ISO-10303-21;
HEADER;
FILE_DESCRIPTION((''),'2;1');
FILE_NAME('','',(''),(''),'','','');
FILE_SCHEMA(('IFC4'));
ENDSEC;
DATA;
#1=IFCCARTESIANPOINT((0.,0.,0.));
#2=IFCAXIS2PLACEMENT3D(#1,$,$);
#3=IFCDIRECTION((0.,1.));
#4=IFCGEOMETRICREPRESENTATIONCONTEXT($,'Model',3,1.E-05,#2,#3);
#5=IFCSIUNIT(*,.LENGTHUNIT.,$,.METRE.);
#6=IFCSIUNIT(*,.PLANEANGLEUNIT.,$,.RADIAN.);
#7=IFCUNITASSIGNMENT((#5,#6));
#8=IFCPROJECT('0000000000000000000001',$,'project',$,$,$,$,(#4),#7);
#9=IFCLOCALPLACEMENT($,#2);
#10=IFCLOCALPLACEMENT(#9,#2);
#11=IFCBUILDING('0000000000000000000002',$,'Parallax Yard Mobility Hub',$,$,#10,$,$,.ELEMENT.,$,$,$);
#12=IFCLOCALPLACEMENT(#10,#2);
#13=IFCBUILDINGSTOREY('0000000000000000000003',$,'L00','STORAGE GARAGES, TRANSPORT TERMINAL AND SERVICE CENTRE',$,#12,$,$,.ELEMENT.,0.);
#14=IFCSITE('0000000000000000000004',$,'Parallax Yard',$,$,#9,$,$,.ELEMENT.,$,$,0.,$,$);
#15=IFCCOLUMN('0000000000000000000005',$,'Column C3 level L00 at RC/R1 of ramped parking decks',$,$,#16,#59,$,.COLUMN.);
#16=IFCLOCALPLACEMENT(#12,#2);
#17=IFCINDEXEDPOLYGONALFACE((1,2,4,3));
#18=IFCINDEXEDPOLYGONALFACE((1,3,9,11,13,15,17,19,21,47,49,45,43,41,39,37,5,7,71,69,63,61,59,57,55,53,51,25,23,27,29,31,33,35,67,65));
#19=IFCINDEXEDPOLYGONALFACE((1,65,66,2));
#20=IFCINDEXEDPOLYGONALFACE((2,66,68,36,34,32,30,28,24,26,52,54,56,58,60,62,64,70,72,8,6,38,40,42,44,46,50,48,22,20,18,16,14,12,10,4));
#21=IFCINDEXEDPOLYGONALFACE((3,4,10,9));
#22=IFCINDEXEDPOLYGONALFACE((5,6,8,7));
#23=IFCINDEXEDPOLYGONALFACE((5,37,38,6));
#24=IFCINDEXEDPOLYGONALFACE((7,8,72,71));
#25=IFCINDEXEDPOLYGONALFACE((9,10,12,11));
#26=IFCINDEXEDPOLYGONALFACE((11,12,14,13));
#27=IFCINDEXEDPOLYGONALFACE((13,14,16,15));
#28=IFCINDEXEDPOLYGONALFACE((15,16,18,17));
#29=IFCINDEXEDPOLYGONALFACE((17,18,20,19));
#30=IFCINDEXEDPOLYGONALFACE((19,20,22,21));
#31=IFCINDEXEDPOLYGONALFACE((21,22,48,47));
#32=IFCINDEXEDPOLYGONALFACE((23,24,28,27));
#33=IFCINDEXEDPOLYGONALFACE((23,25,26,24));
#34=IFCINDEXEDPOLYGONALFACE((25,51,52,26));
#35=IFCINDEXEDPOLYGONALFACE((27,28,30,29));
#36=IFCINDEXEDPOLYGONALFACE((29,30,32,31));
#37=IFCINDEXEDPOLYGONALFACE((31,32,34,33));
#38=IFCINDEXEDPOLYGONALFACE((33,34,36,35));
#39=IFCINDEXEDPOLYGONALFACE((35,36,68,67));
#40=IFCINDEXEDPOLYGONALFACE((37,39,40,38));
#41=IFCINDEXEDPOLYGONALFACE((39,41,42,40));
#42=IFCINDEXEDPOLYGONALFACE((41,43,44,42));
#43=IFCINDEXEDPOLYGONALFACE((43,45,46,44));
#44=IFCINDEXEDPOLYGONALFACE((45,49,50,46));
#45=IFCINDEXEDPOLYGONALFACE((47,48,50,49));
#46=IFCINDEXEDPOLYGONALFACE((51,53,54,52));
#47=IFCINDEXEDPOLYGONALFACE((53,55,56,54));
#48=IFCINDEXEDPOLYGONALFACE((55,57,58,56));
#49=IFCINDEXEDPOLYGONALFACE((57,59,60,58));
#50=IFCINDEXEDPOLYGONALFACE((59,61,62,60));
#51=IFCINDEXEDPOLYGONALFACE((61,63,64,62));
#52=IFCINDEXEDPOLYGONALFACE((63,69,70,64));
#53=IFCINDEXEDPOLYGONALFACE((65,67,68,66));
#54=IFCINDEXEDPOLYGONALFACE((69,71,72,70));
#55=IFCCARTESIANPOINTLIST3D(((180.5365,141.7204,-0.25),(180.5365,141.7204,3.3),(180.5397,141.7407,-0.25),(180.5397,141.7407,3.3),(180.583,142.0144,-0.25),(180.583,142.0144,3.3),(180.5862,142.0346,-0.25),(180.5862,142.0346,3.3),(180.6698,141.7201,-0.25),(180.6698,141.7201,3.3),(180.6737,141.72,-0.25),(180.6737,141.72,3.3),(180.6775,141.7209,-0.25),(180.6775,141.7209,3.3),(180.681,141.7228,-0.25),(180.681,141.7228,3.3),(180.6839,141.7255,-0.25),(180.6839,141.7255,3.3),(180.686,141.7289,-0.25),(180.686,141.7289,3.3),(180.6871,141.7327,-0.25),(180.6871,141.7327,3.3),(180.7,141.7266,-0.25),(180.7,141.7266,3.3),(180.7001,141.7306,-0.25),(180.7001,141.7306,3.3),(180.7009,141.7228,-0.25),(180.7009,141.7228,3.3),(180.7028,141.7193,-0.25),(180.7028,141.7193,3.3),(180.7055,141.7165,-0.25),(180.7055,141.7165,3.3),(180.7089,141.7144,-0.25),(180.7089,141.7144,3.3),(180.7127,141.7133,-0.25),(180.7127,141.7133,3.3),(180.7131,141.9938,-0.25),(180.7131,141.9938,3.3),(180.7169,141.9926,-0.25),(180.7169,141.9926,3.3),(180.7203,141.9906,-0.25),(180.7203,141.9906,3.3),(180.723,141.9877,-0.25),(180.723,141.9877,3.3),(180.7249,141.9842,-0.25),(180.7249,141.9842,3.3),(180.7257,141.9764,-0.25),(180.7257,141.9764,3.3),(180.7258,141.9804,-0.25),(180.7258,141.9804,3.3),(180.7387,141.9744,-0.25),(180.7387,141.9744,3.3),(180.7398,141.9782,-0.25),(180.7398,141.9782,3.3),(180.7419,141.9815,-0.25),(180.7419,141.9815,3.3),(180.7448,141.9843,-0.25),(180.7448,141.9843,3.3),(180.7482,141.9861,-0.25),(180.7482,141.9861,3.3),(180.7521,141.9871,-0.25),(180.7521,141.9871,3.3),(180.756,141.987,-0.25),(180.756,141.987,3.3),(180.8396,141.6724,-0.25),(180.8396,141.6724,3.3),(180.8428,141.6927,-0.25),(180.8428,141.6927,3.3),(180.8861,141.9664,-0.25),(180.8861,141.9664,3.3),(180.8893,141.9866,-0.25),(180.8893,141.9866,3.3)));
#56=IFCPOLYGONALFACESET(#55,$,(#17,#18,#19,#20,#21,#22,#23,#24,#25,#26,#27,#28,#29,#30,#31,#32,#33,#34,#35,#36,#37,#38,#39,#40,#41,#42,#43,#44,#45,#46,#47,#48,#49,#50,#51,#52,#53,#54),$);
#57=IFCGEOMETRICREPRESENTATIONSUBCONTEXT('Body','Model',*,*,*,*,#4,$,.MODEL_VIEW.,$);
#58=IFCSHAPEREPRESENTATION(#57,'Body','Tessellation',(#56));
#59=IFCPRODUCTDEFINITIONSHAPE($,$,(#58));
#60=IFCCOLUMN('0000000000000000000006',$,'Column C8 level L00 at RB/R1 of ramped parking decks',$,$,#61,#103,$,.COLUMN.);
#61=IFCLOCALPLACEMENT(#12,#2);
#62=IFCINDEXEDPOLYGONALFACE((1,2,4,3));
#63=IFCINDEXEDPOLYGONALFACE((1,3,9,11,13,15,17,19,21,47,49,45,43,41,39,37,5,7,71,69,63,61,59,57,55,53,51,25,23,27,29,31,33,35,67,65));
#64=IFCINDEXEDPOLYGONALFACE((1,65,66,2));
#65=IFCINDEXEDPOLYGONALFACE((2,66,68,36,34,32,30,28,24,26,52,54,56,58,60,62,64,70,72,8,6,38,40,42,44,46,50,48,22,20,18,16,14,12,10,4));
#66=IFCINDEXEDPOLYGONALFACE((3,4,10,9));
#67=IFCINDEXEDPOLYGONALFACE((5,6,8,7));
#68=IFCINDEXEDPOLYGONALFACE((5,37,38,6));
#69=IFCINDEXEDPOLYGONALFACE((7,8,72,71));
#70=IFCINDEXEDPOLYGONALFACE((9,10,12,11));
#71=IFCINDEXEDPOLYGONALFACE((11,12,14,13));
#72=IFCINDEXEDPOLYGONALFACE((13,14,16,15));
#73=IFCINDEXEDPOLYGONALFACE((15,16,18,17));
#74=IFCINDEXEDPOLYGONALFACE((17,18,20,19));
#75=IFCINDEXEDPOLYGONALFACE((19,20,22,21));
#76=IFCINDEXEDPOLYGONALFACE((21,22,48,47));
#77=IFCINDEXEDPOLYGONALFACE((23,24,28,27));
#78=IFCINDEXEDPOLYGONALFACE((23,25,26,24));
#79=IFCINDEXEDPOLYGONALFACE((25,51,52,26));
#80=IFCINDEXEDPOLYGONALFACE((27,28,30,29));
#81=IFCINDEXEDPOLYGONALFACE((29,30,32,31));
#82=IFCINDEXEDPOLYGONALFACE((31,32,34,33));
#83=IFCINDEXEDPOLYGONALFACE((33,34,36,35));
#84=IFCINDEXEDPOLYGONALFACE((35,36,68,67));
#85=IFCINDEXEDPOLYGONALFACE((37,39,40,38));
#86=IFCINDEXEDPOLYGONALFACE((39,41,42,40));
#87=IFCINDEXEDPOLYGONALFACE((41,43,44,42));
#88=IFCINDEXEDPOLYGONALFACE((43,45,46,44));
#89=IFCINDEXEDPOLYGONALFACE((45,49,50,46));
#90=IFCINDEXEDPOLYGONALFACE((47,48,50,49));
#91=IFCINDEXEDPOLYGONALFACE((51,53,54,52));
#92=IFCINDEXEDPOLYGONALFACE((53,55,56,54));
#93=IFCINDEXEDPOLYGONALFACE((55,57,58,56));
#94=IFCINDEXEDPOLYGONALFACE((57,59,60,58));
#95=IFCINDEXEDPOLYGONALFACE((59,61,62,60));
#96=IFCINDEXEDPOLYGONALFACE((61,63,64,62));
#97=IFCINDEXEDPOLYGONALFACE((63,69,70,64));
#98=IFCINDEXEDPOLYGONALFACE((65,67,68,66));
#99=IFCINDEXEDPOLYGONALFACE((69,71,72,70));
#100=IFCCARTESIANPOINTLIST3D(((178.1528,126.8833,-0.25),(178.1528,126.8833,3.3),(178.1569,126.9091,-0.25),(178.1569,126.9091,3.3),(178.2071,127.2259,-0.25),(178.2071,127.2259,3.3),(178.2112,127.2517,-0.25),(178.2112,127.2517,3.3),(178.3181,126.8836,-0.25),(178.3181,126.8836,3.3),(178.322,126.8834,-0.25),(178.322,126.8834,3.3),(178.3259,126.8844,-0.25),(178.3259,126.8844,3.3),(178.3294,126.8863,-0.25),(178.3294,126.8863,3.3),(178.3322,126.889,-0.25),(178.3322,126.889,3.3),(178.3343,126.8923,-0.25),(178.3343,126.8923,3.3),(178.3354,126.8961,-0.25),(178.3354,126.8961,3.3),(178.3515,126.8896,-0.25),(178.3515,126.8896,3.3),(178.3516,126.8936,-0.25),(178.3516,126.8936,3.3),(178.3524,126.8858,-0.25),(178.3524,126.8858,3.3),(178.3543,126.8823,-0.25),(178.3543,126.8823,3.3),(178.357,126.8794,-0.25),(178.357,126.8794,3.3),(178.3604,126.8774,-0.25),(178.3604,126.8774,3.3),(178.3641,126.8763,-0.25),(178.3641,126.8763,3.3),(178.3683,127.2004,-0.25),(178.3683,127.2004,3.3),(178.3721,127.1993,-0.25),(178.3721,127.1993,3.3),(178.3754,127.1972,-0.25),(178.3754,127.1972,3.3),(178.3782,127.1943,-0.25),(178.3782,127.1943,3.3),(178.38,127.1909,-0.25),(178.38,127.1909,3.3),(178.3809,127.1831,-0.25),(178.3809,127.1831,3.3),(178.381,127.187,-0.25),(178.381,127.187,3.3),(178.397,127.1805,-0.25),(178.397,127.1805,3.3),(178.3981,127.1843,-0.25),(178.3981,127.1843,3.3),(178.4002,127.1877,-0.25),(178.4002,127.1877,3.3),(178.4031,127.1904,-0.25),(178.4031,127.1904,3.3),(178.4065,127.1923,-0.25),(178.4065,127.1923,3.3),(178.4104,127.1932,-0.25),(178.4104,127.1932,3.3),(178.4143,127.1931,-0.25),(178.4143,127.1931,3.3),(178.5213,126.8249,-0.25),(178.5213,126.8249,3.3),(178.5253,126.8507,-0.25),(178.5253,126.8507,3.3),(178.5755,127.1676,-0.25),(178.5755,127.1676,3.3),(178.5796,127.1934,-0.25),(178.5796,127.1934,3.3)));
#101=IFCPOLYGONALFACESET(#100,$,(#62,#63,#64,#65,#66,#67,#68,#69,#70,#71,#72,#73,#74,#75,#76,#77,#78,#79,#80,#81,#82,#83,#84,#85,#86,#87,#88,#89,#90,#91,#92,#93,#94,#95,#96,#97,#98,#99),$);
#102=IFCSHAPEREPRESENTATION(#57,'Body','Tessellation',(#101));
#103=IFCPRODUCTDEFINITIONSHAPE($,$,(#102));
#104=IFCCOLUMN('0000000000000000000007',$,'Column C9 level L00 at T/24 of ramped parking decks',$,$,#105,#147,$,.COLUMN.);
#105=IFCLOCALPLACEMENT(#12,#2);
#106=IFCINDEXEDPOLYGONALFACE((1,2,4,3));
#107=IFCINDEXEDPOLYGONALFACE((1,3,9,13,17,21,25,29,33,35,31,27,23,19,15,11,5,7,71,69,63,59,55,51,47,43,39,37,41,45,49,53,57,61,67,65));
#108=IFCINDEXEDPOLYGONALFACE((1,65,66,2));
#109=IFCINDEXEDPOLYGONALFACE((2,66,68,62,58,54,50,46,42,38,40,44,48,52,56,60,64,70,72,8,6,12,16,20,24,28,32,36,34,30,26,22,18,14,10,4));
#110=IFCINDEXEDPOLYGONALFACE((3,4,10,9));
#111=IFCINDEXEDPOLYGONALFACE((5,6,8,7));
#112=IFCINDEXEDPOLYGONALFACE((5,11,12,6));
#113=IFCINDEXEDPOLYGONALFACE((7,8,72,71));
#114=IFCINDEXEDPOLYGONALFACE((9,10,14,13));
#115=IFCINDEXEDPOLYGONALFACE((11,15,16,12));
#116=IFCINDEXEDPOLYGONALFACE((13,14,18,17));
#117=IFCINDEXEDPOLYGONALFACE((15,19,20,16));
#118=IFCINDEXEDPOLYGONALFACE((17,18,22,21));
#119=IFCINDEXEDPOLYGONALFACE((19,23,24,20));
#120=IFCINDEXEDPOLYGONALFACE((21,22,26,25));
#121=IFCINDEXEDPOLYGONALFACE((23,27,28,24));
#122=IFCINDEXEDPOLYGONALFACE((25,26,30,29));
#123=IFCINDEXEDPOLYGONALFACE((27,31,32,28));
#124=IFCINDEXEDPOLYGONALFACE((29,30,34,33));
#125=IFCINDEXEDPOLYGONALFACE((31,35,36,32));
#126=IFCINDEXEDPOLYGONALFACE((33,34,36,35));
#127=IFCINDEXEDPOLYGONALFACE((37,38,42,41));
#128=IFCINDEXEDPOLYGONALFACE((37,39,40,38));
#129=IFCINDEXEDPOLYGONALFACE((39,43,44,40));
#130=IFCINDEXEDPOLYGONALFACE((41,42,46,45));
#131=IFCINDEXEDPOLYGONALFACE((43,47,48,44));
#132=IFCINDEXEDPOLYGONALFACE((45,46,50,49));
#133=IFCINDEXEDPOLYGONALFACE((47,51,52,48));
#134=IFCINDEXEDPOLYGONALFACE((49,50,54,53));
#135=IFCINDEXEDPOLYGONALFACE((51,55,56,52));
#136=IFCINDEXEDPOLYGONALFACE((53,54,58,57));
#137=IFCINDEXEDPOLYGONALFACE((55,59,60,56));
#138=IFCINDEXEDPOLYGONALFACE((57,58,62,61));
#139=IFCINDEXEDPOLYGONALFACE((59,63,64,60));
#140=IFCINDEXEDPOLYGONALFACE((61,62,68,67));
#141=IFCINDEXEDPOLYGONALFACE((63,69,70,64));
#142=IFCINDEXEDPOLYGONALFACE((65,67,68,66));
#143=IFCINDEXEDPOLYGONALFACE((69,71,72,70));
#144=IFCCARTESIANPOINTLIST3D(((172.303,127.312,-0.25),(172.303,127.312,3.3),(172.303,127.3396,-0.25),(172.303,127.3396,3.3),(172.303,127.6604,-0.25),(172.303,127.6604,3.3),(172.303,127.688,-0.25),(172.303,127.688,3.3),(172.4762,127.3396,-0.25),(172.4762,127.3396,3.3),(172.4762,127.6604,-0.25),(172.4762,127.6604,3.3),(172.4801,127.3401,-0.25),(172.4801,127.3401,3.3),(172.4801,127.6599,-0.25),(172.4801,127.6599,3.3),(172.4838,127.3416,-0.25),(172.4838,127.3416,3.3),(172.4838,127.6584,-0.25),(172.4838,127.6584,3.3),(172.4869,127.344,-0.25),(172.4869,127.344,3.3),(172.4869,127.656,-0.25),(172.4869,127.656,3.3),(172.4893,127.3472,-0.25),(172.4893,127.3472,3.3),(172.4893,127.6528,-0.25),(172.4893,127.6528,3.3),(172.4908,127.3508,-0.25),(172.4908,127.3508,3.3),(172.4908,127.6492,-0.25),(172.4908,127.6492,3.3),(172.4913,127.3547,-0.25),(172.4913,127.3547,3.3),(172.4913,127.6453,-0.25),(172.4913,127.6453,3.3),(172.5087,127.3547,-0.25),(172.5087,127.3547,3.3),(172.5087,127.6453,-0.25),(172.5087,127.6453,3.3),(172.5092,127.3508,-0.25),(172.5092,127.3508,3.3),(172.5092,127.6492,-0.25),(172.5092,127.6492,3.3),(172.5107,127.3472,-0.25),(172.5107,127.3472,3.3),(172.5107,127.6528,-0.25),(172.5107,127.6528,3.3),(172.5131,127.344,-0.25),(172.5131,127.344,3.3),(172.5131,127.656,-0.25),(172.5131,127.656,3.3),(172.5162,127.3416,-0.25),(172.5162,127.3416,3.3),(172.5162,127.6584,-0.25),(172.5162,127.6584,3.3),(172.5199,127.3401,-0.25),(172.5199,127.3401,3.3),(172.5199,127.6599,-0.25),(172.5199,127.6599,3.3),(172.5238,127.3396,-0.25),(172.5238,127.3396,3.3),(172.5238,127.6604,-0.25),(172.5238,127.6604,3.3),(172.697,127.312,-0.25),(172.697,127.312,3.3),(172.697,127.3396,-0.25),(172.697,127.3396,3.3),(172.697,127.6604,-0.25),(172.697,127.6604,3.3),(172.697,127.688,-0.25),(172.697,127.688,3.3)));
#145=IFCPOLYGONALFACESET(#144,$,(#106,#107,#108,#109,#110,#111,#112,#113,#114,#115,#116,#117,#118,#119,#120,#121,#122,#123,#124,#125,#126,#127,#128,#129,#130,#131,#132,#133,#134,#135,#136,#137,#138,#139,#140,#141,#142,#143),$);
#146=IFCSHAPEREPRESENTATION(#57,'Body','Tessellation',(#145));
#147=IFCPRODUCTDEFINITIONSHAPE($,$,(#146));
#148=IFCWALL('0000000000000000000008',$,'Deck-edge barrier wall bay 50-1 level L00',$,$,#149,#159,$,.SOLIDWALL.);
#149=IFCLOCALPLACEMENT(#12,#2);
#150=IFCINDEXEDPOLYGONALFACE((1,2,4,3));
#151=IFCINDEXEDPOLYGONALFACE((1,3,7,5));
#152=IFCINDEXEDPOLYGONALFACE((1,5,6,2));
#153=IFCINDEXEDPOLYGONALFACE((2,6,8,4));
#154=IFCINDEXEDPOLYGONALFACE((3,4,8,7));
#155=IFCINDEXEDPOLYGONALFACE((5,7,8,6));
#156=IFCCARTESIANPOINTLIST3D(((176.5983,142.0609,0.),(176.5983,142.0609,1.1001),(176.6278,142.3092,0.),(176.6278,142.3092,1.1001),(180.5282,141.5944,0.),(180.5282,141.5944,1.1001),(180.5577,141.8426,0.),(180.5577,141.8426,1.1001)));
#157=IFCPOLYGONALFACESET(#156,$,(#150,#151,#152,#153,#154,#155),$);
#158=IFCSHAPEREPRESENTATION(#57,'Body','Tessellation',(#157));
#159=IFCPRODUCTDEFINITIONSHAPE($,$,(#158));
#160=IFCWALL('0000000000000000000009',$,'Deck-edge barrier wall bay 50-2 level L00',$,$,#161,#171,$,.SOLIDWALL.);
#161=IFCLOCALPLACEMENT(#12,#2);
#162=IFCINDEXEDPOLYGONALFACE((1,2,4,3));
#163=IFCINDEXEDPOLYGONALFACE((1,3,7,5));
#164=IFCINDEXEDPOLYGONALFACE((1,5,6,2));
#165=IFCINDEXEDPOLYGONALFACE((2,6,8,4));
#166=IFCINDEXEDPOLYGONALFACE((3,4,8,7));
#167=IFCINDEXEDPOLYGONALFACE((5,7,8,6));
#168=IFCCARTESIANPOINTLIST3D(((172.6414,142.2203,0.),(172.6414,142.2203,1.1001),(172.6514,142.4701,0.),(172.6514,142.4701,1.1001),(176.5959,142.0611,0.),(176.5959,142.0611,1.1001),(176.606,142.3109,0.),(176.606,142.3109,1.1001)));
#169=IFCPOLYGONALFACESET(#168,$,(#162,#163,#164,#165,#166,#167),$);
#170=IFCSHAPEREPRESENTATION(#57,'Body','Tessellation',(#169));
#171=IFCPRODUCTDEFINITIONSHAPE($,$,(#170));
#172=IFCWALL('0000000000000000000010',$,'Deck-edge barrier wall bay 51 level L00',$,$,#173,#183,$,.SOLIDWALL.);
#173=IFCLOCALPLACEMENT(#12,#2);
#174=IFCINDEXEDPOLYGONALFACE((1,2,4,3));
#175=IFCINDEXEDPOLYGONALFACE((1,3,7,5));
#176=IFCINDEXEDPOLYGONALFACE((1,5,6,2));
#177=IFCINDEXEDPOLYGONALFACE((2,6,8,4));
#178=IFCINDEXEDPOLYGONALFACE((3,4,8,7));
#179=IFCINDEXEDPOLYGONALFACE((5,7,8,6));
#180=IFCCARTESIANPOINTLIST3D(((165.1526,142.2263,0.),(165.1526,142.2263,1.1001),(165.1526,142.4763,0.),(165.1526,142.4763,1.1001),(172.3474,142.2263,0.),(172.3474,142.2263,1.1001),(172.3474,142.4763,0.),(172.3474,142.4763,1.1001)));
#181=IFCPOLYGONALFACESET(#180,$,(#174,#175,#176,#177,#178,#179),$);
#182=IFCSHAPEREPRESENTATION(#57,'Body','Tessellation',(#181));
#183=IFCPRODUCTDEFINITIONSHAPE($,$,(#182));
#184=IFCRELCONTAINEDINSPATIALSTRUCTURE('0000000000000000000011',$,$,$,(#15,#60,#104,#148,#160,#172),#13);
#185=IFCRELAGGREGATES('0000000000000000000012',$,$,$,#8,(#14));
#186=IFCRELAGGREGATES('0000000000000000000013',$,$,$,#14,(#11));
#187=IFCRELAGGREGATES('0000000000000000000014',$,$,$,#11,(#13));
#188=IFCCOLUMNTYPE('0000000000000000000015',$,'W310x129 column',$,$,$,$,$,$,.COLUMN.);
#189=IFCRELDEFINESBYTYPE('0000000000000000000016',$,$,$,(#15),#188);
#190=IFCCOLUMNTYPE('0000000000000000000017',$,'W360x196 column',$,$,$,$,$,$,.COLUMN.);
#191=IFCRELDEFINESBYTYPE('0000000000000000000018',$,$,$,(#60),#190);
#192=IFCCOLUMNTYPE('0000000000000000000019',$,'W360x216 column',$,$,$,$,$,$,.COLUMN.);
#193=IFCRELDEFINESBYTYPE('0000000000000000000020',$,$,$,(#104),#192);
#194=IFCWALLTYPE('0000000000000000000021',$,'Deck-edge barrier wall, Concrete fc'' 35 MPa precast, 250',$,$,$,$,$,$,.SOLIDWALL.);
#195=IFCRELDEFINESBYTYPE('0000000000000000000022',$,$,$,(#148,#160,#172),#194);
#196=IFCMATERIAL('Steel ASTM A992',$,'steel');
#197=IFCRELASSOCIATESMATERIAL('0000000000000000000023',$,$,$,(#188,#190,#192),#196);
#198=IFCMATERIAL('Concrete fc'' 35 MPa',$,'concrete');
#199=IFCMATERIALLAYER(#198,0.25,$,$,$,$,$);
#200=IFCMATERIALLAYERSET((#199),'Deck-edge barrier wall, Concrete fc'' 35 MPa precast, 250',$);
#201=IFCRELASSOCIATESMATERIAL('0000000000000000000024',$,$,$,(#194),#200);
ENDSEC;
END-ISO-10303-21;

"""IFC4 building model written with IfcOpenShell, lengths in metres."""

from ifc_helpers import new_model, si_unit, direction, frame, frame_2d, origin, origin_2d, place, context, subcontext, project, spatial, rectangle, i_section, extrude, material, layer, layer_set, material_profile, profile_set, type_object, element, save


model = new_model("IFC4")

# Units and contexts
model_context = context("Model", 3, precision=1e-05, world=origin(), true_north=direction((0.0, 1.0)))
body_context = subcontext(model_context, "Body", "Model", "MODEL_VIEW")
ifc_project = project(units=[si_unit("LENGTHUNIT", "METRE"), si_unit("PLANEANGLEUNIT", "RADIAN")], contexts=[model_context])

# Site, building, storey
site_placement = place(None, origin())
site = spatial("IfcSite", under=ifc_project, at=site_placement, Name="Parallax Yard", CompositionType="ELEMENT", RefElevation=0.0)
building_placement = place(site_placement, origin())
building = spatial("IfcBuilding", under=site, at=building_placement, Name="Parallax Yard Mobility Hub", CompositionType="ELEMENT")
storey_placement = place(building_placement, origin())
storey = spatial("IfcBuildingStorey", under=building, at=storey_placement, Name="L00", Description="STORAGE GARAGES, TRANSPORT TERMINAL AND SERVICE CENTRE", CompositionType="ELEMENT", Elevation=0.0)

# Columns
ifc_material_1 = material(Name="Steel ASTM A992", Category="steel")
ifc_material_profile_1 = material_profile(ifc_material_1, i_section(OverallWidth=0.3069, OverallDepth=0.3181, WebThickness=0.0132, FlangeThickness=0.0205, FilletRadius=0.0151, at=origin_2d()), Name="W310x129")
ifc_profile_set_1 = profile_set([ifc_material_profile_1], Name="Steel ASTM A992")
column_type_1 = type_object("IfcColumnType", Name="W310x129 column", PredefinedType="COLUMN", material=ifc_profile_set_1)
for number, where, z_axis, x_axis, name in (
    (1, (180.7129, 141.8535, -0.25), (0.0, 0.0, 1.0), (-0.987688, 0.156434, 0.0), "Column C3 level L00 at RC/R1 of ramped parking decks"),
):
    element("IfcColumn", number, at=place(storey_placement, frame(where, z_axis=z_axis, x_axis=x_axis)), inside=storey, type_object=column_type_1, Name=name, PredefinedType="COLUMN", context=body_context, shape_type="SweptSolid", body=[
        extrude(i_section(OverallWidth=0.3069, OverallDepth=0.3181, WebThickness=0.0132, FlangeThickness=0.0205, FilletRadius=0.0151, at=origin_2d()), origin(), (0.0, 0.0, 1.0), 3.55),
    ])
ifc_material_profile_2 = material_profile(ifc_material_1, i_section(OverallWidth=0.373, OverallDepth=0.373, WebThickness=0.0164, FlangeThickness=0.0261, FilletRadius=0.0151, at=origin_2d()), Name="W360x196")
ifc_profile_set_2 = profile_set([ifc_material_profile_2], Name="Steel ASTM A992")
column_type_2 = type_object("IfcColumnType", Name="W360x196 column", PredefinedType="COLUMN", material=ifc_profile_set_2)
column_1_placement = place(storey_placement, frame((178.3662, 127.0383, -0.25), z_axis=(0.0, 0.0, 1.0), x_axis=(-0.987688, 0.156434, 0.0)))
element("IfcColumn", 2, at=column_1_placement, inside=storey, type_object=column_type_2, Name="Column C8 level L00 at RB/R1 of ramped parking decks", PredefinedType="COLUMN", context=body_context, shape_type="SweptSolid", body=[
    extrude(i_section(OverallWidth=0.373, OverallDepth=0.373, WebThickness=0.0164, FlangeThickness=0.0261, FilletRadius=0.0151, at=origin_2d()), origin(), (0.0, 0.0, 1.0), 3.55),
])
ifc_material_profile_3 = material_profile(ifc_material_1, i_section(OverallWidth=0.394, OverallDepth=0.376, WebThickness=0.0173, FlangeThickness=0.0276, FilletRadius=0.0151, at=origin_2d()), Name="W360x216")
ifc_profile_set_3 = profile_set([ifc_material_profile_3], Name="Steel ASTM A992")
column_type_3 = type_object("IfcColumnType", Name="W360x216 column", PredefinedType="COLUMN", material=ifc_profile_set_3)
column_2_placement = place(storey_placement, frame((172.5, 127.5, -0.25), z_axis=(0.0, 0.0, 1.0), x_axis=(1.0, 0.0, 0.0)))
element("IfcColumn", 3, at=column_2_placement, inside=storey, type_object=column_type_3, Name="Column C9 level L00 at T/24 of ramped parking decks", PredefinedType="COLUMN", context=body_context, shape_type="SweptSolid", body=[
    extrude(i_section(OverallWidth=0.394, OverallDepth=0.376, WebThickness=0.0173, FlangeThickness=0.0276, FilletRadius=0.0151, at=origin_2d()), origin(), (0.0, 0.0, 1.0), 3.55),
])

# Walls
ifc_material_2 = material(Name="Concrete fc' 35 MPa", Category="concrete")
ifc_layer = layer(ifc_material_2, 0.25)
ifc_layer_set = layer_set([ifc_layer], Name="Deck-edge barrier wall, Concrete fc' 35 MPa precast, 250")
wall_type = type_object("IfcWallType", Name="Deck-edge barrier wall, Concrete fc' 35 MPa precast, 250", PredefinedType="SOLIDWALL", material=ifc_layer_set)
wall_1_placement = place(storey_placement, frame((180.543, 141.7185, 0.0), z_axis=(0.0, 0.0, 1.0), x_axis=(-0.993027, 0.11789, 0.0)))
element("IfcWall", 4, at=wall_1_placement, inside=storey, type_object=wall_type, Name="Deck-edge barrier wall bay 50-1 level L00", PredefinedType="SOLIDWALL", context=body_context, shape_type="SweptSolid", body=[
    extrude(rectangle(XDim=3.9575, YDim=0.25, at=frame_2d((1.9788, 0.0))), origin(), (0.0, 0.0, 1.0), 1.1001),
])
wall_2_placement = place(storey_placement, frame((176.6011, 142.186, 0.0), z_axis=(0.0, 0.0, 1.0), x_axis=(-0.999191, 0.040219, 0.0)))
element("IfcWall", 5, at=wall_2_placement, inside=storey, type_object=wall_type, Name="Deck-edge barrier wall bay 50-2 level L00", PredefinedType="SOLIDWALL", context=body_context, shape_type="SweptSolid", body=[
    extrude(rectangle(XDim=3.9578, YDim=0.25, at=frame_2d((1.979, 0.0))), origin(), (0.0, 0.0, 1.0), 1.1001),
])
wall_3_placement = place(storey_placement, frame((172.3474, 142.3513, 0.0), z_axis=(0.0, 0.0, 1.0), x_axis=(-1.0, 0.0, 0.0)))
element("IfcWall", 6, at=wall_3_placement, inside=storey, type_object=wall_type, Name="Deck-edge barrier wall bay 51 level L00", PredefinedType="SOLIDWALL", context=body_context, shape_type="SweptSolid", body=[
    extrude(rectangle(XDim=7.1948, YDim=0.25, at=frame_2d((3.5974, 0.0))), origin(), (0.0, 0.0, 1.0), 1.1001),
])

save(model, "model.ifc")
